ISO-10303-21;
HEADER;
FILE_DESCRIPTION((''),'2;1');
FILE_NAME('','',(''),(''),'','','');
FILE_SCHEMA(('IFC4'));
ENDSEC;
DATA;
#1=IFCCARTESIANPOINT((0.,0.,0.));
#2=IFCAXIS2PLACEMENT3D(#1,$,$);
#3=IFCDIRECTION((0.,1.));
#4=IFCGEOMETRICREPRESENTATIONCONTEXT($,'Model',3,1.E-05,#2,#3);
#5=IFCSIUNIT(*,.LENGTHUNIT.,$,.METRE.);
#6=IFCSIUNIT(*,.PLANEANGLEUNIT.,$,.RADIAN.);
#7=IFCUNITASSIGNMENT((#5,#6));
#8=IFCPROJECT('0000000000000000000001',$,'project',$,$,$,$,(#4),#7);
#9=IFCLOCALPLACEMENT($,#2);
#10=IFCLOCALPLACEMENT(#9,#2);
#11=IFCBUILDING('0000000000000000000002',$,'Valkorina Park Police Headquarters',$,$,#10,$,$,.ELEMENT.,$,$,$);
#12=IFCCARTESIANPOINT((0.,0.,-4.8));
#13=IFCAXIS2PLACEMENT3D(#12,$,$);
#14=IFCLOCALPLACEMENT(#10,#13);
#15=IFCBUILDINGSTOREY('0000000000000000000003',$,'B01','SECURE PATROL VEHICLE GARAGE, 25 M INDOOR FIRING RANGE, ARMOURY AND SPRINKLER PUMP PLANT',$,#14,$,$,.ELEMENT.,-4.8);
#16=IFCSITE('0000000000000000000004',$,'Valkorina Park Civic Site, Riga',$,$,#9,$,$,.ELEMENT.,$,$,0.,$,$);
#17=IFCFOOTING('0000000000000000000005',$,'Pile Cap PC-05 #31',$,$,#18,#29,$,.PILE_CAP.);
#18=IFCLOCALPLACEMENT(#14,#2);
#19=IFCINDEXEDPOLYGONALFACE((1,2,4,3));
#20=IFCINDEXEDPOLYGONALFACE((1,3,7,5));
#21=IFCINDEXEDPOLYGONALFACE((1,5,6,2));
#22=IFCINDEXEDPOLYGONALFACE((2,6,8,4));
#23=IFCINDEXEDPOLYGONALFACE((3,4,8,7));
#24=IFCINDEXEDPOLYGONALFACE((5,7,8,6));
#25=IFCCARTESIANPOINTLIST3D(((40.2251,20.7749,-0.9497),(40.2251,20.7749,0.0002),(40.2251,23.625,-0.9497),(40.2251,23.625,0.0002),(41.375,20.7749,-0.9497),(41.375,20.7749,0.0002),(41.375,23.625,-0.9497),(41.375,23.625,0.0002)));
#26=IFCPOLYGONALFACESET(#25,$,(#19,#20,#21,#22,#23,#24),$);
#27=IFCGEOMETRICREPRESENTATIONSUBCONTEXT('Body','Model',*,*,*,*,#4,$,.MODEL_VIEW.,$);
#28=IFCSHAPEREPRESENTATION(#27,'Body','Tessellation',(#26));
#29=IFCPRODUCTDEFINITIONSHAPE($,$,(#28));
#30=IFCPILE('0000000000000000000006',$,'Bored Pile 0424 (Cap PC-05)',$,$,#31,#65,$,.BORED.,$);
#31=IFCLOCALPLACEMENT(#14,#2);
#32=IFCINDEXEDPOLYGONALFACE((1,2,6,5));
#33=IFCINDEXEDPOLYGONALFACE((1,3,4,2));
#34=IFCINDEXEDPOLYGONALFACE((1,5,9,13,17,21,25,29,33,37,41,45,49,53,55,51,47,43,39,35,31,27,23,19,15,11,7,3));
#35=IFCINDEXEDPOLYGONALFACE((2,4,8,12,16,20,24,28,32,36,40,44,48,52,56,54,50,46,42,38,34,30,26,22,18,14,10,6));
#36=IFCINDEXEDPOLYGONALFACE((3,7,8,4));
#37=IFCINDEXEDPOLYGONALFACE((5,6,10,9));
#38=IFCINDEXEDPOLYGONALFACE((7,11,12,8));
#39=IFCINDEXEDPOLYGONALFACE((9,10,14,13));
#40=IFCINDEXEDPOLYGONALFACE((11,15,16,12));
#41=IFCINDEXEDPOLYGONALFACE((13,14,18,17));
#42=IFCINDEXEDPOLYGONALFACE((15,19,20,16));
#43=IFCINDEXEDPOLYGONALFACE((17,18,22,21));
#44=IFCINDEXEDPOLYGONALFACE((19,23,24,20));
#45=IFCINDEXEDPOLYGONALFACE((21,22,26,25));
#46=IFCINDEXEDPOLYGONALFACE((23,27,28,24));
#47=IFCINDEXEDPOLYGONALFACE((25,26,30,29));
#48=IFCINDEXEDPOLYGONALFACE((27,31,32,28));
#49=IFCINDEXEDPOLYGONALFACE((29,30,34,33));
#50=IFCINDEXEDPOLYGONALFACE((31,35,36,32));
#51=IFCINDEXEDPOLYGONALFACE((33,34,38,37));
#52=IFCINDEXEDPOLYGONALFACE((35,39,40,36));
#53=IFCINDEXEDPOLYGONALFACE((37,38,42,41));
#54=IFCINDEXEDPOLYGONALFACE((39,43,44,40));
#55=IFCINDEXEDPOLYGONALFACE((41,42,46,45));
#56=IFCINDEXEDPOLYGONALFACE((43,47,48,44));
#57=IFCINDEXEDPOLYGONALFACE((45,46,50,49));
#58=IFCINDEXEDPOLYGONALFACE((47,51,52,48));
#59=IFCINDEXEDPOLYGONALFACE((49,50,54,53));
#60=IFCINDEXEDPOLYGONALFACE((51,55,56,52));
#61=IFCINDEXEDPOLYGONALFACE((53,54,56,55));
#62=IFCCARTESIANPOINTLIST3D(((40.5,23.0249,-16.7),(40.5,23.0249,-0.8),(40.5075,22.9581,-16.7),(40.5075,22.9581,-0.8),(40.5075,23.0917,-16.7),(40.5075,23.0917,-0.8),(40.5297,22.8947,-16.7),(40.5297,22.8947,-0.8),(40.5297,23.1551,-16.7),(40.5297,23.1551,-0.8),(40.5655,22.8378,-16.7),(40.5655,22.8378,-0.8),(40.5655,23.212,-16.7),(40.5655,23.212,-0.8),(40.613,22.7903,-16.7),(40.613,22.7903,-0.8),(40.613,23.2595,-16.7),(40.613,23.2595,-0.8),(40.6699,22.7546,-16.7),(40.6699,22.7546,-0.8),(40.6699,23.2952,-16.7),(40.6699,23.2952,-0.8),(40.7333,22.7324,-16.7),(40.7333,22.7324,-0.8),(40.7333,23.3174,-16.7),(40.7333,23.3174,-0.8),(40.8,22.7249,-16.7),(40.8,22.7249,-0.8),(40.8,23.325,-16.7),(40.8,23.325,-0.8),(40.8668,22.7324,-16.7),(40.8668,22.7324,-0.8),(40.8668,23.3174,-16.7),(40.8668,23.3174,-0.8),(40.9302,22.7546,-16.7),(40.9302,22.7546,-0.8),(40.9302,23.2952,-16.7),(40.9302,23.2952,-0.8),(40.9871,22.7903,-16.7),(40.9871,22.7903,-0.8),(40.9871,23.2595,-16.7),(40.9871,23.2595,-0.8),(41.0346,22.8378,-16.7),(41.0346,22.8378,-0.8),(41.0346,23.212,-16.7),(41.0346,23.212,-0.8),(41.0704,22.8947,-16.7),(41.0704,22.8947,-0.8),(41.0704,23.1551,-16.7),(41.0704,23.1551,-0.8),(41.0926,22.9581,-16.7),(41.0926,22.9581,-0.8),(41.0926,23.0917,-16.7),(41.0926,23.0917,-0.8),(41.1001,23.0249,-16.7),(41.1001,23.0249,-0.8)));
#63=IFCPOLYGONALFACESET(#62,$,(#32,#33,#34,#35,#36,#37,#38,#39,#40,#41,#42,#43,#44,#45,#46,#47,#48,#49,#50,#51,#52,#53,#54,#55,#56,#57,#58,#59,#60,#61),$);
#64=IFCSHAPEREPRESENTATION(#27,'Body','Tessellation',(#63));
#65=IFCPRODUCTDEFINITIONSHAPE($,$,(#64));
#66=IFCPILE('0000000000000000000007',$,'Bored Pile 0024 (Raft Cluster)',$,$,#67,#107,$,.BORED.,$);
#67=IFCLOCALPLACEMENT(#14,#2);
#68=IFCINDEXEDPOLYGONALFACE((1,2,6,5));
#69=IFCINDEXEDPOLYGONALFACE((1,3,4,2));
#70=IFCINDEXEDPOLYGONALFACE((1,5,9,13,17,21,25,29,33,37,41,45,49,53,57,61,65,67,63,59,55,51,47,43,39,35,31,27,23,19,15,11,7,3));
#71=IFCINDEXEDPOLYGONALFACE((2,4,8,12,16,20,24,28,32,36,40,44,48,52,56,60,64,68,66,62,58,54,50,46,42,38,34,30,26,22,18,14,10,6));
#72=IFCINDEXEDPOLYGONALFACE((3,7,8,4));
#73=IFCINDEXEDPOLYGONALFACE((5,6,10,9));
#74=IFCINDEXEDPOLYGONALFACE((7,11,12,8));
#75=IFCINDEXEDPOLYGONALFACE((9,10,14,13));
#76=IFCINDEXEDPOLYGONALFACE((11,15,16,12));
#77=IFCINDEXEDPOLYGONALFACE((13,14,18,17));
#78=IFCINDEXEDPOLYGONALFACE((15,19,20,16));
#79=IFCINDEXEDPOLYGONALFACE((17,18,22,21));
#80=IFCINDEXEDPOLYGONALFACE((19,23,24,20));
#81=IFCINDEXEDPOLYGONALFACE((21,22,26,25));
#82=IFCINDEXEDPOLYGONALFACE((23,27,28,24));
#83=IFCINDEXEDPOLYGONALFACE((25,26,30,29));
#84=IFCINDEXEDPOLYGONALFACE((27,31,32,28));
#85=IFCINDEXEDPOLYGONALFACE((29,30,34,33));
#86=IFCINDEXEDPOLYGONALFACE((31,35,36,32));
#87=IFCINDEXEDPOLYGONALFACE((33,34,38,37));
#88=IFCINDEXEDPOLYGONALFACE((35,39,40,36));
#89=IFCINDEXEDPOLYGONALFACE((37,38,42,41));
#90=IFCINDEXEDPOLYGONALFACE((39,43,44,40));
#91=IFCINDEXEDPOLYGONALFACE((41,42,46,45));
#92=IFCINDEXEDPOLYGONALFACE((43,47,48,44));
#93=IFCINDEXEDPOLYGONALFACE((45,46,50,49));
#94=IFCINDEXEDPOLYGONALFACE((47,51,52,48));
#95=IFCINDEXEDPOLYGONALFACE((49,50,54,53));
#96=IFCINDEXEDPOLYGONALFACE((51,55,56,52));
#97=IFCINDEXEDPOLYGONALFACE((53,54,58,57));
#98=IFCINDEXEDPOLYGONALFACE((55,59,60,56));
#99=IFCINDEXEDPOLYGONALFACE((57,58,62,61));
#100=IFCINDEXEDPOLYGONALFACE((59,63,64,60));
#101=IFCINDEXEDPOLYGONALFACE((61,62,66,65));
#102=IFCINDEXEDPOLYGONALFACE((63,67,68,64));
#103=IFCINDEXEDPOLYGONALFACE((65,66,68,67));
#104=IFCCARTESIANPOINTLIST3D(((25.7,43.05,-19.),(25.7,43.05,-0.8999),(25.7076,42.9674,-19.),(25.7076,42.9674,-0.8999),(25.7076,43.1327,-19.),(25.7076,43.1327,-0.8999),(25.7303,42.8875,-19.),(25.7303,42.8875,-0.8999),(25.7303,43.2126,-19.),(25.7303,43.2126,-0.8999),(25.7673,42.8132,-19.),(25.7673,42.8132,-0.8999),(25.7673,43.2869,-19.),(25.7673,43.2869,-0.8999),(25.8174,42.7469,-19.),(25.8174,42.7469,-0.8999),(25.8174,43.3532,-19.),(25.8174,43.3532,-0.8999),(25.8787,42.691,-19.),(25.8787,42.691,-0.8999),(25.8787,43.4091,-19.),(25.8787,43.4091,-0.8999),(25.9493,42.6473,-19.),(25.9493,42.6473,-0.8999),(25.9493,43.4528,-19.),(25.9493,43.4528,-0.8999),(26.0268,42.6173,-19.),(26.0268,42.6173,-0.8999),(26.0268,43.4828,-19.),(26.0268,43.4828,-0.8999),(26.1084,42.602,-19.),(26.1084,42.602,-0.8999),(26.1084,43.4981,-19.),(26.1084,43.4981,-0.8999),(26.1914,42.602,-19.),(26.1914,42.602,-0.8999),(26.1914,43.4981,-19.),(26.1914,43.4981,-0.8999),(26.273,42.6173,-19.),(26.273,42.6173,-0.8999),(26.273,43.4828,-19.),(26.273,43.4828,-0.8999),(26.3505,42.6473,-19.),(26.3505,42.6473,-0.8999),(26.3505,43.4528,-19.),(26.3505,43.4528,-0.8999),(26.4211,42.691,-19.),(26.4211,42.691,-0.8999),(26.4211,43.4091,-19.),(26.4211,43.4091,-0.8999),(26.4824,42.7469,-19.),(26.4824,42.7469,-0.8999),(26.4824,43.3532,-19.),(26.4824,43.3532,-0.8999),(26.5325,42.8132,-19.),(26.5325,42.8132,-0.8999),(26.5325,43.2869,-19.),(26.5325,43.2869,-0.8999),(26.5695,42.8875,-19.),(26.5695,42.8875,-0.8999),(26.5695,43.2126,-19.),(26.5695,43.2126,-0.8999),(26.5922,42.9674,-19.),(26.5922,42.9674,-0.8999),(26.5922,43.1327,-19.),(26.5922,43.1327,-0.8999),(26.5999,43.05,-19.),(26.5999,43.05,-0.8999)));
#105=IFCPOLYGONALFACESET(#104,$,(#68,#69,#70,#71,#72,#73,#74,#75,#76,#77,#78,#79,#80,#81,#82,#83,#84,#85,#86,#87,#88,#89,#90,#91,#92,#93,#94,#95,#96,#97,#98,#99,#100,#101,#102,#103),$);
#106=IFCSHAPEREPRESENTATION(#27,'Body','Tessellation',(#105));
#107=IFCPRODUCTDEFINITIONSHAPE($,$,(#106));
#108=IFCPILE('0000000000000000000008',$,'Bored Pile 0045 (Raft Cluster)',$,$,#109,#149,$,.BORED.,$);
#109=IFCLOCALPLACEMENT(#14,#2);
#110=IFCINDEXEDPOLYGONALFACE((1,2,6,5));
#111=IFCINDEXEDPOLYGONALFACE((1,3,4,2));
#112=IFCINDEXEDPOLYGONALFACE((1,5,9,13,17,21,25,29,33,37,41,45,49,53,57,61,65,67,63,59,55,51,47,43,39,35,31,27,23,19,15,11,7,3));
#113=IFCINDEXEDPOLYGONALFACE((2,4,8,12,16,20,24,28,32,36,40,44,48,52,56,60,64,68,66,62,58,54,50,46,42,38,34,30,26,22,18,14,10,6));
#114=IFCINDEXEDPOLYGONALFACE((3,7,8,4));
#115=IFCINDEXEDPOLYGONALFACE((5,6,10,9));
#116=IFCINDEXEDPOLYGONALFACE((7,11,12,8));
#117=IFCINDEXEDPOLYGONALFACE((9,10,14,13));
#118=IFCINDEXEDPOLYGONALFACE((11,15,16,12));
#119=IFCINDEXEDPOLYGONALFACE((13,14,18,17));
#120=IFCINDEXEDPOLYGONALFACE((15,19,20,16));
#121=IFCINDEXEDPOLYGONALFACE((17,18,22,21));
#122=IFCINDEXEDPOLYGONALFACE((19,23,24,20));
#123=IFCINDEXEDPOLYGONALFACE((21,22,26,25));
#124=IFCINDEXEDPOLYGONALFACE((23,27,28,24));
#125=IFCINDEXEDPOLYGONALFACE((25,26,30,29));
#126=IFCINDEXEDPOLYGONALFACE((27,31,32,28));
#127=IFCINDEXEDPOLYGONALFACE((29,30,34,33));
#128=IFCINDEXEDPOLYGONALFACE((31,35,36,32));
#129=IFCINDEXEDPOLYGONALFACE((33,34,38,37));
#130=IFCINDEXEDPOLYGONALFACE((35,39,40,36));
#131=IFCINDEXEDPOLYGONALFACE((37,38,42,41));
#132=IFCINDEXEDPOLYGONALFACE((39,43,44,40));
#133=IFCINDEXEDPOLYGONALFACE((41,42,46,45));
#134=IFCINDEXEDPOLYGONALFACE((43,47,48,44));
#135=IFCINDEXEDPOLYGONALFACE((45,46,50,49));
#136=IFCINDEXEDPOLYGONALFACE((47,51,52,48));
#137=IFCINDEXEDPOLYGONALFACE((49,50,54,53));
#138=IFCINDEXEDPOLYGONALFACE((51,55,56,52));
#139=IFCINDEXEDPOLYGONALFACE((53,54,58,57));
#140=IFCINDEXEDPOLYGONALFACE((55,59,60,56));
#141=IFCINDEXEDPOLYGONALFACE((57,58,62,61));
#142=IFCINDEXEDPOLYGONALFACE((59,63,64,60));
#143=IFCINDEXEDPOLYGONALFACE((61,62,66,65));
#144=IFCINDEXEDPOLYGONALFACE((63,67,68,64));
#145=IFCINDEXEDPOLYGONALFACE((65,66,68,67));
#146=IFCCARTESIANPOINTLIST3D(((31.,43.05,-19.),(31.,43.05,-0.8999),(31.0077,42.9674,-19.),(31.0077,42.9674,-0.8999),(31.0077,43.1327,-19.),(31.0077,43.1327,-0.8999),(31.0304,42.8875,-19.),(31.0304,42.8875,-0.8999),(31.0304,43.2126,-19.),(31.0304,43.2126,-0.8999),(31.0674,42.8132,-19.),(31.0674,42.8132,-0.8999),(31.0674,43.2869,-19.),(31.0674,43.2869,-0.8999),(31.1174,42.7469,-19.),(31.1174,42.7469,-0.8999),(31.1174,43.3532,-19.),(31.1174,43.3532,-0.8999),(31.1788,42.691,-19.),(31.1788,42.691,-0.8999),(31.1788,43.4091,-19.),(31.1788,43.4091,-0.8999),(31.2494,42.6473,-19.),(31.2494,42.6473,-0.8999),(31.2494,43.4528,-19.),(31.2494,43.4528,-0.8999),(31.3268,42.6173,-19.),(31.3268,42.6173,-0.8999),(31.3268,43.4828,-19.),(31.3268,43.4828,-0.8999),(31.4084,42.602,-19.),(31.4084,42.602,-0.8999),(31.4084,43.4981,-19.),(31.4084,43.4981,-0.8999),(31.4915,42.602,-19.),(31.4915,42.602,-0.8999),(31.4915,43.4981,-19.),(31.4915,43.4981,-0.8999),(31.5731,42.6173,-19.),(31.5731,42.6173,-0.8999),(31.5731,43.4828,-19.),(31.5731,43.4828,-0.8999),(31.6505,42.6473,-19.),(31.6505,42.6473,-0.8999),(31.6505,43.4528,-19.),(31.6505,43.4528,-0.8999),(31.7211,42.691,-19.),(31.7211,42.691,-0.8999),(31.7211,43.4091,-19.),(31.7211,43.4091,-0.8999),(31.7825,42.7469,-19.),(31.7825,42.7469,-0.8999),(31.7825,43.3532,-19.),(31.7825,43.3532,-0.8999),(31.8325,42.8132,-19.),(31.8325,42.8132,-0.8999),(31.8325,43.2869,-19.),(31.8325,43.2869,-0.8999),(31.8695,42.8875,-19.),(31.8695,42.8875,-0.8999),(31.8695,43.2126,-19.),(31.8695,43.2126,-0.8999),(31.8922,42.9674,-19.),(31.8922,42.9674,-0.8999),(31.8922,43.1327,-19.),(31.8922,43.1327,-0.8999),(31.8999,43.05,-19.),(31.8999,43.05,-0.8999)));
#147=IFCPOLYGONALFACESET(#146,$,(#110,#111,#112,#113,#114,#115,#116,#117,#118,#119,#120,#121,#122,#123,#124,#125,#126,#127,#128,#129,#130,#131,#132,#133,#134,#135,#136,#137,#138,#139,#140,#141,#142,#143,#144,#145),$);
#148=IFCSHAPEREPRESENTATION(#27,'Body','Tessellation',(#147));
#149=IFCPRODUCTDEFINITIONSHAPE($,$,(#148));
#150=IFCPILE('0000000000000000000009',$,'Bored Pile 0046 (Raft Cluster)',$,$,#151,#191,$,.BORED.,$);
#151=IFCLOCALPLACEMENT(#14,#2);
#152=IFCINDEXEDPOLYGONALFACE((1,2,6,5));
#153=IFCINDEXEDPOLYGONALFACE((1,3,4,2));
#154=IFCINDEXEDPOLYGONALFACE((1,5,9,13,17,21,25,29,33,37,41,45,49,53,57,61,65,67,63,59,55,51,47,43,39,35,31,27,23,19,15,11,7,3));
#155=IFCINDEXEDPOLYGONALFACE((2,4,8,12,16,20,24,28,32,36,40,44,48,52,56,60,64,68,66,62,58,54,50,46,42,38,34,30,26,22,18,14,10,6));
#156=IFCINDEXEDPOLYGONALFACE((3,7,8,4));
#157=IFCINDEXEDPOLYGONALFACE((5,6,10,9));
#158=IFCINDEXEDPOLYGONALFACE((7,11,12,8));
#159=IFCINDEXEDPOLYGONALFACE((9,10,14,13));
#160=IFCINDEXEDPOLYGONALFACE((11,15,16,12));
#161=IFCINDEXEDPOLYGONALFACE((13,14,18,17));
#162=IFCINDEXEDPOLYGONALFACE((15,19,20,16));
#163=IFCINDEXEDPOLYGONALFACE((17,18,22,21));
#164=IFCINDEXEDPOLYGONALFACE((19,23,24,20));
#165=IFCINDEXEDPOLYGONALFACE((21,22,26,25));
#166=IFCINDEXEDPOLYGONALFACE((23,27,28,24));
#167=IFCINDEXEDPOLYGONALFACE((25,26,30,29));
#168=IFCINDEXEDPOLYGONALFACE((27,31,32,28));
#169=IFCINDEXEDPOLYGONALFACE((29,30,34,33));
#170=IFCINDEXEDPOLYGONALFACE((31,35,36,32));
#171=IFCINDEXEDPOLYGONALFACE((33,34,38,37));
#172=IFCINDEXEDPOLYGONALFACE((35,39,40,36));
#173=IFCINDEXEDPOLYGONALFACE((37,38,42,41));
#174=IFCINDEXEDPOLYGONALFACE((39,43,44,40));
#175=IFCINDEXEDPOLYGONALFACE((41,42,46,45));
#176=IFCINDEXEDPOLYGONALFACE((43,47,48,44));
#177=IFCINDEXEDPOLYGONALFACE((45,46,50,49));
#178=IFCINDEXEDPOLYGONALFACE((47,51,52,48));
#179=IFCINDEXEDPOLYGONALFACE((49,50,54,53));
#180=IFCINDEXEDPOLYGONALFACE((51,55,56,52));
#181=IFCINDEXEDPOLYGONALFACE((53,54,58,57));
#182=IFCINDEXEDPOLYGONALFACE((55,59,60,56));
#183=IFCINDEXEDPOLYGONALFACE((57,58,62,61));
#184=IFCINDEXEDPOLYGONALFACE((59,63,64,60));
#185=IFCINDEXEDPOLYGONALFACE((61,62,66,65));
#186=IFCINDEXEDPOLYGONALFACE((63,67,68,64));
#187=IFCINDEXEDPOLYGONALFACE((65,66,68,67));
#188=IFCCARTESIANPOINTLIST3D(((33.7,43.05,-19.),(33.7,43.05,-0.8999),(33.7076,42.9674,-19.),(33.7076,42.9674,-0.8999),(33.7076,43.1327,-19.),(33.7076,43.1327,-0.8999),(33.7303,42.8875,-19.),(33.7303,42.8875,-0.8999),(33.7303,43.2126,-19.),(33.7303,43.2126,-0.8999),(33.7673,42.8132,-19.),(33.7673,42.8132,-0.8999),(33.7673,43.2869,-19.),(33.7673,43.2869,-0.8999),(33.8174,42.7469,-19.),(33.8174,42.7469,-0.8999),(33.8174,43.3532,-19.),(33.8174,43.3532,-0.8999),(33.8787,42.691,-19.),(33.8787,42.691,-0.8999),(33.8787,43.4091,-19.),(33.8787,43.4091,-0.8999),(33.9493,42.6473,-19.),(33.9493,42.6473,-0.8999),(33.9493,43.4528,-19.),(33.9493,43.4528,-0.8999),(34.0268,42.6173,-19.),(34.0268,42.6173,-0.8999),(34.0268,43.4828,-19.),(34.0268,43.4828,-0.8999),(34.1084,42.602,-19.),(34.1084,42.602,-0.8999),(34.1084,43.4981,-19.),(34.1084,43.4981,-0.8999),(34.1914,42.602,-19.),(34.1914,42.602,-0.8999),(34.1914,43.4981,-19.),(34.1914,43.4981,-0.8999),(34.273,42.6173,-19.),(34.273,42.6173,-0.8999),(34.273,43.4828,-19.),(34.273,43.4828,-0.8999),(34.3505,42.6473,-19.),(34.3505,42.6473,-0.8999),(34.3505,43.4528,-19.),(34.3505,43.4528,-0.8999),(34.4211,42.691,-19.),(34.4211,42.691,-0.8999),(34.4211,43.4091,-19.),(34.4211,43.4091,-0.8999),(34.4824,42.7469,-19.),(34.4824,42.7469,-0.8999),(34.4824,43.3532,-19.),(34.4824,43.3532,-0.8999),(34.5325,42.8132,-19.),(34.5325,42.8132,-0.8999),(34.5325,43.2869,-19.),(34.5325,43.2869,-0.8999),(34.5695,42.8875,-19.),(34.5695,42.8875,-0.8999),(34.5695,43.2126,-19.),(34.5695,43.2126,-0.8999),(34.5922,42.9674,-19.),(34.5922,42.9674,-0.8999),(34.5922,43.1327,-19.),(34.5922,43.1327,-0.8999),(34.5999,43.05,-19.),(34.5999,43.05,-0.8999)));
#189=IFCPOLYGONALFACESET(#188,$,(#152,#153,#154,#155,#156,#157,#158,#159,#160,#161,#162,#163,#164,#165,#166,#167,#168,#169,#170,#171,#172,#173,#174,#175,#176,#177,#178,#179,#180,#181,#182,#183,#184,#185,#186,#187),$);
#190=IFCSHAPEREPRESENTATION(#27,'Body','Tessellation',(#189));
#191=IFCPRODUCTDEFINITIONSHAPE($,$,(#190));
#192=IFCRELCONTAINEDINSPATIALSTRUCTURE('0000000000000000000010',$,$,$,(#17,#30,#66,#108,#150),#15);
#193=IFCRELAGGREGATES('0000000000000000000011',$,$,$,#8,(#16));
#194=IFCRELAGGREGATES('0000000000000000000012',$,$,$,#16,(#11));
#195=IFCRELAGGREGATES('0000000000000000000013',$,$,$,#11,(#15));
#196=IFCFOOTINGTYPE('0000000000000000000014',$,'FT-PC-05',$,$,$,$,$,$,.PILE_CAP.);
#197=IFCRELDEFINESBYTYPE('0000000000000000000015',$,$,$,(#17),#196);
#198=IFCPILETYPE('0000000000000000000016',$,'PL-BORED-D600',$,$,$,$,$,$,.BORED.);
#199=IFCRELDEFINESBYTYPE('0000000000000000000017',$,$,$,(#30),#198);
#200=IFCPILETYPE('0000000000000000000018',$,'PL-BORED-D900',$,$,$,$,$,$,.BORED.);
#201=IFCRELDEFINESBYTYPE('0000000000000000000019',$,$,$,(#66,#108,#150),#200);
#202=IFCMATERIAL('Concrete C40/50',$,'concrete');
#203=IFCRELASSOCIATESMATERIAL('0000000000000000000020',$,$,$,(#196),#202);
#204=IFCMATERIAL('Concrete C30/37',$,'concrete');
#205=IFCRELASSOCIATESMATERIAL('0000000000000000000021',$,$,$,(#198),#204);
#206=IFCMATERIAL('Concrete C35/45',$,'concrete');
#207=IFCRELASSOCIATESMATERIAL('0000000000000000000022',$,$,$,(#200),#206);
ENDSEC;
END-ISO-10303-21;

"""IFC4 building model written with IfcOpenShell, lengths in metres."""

from ifc_helpers import new_model, si_unit, direction, frame, origin, origin_2d, place, context, subcontext, project, spatial, rectangle, circle, extrude, material, material_profile, profile_set, type_object, element, save


model = new_model("IFC4")

# Units and contexts
model_context = context("Model", 3, precision=1e-05, world=origin(), true_north=direction((0.0, 1.0)))
body_context = subcontext(model_context, "Body", "Model", "MODEL_VIEW")
ifc_project = project(units=[si_unit("LENGTHUNIT", "METRE"), si_unit("PLANEANGLEUNIT", "RADIAN")], contexts=[model_context])

# Site, building, storey
site_placement = place(None, origin())
site = spatial("IfcSite", under=ifc_project, at=site_placement, Name="Valkorina Park Civic Site, Riga", CompositionType="ELEMENT", RefElevation=0.0)
building_placement = place(site_placement, origin())
building = spatial("IfcBuilding", under=site, at=building_placement, Name="Valkorina Park Police Headquarters", CompositionType="ELEMENT")
storey_placement = place(building_placement, frame((0.0, 0.0, -4.8)))
storey = spatial("IfcBuildingStorey", under=building, at=storey_placement, Name="B01", Description="SECURE PATROL VEHICLE GARAGE, 25 M INDOOR FIRING RANGE, ARMOURY AND SPRINKLER PUMP PLANT", CompositionType="ELEMENT", Elevation=-4.8)

# Footing
ifc_material_1 = material(Name="Concrete C40/50", Category="concrete")
footing_type = type_object("IfcFootingType", Name="FT-PC-05", PredefinedType="PILE_CAP", material=ifc_material_1)
footing_placement = place(storey_placement, frame((40.8, 22.2, -0.9497), z_axis=(0.0, 0.0, 1.0), x_axis=(1.0, 0.0, 0.0)))
element("IfcFooting", 1, at=footing_placement, inside=storey, type_object=footing_type, Name="Pile Cap PC-05 #31", PredefinedType="PILE_CAP", context=body_context, shape_type="SweptSolid", body=[
    extrude(rectangle(XDim=1.1499, YDim=2.8501, at=origin_2d()), origin(), (0.0, 0.0, 1.0), 0.95),
])

# Piles
ifc_material_2 = material(Name="Concrete C30/37", Category="concrete")
ifc_material_profile_1 = material_profile(ifc_material_2, circle(Radius=0.3, at=origin_2d()), Name="BORED PILE D600")
ifc_profile_set_1 = profile_set([ifc_material_profile_1], Name="Concrete C30/37")
pile_type_1 = type_object("IfcPileType", Name="PL-BORED-D600", PredefinedType="BORED", material=ifc_profile_set_1)
pile_placement = place(storey_placement, frame((40.8, 23.0249, -0.8), z_axis=(0.0, 0.0, -1.0), x_axis=(1.0, 0.0, 0.0)))
element("IfcPile", 2, at=pile_placement, inside=storey, type_object=pile_type_1, Name="Bored Pile 0424 (Cap PC-05)", PredefinedType="BORED", context=body_context, shape_type="SweptSolid", body=[
    extrude(circle(Radius=0.3, at=origin_2d()), origin(), (0.0, 0.0, 1.0), 15.8999),
])
ifc_material_3 = material(Name="Concrete C35/45", Category="concrete")
ifc_material_profile_2 = material_profile(ifc_material_3, circle(Radius=0.45, at=origin_2d()), Name="BORED PILE D900")
ifc_profile_set_2 = profile_set([ifc_material_profile_2], Name="Concrete C35/45")
pile_type_2 = type_object("IfcPileType", Name="PL-BORED-D900", PredefinedType="BORED", material=ifc_profile_set_2)
for number, where, z_axis, x_axis, name in (
    (3, (26.1499, 43.05, -0.8999), (0.0, 0.0, -1.0), (1.0, 0.0, 0.0), "Bored Pile 0024 (Raft Cluster)"),
    (4, (31.45, 43.05, -0.8999), (0.0, 0.0, -1.0), (1.0, 0.0, 0.0), "Bored Pile 0045 (Raft Cluster)"),
    (5, (34.1499, 43.05, -0.8999), (0.0, 0.0, -1.0), (1.0, 0.0, 0.0), "Bored Pile 0046 (Raft Cluster)"),
):
    element("IfcPile", number, at=place(storey_placement, frame(where, z_axis=z_axis, x_axis=x_axis)), inside=storey, type_object=pile_type_2, Name=name, PredefinedType="BORED", context=body_context, shape_type="SweptSolid", body=[
        extrude(circle(Radius=0.45, at=origin_2d()), origin(), (0.0, 0.0, 1.0), 18.1001),
    ])

save(model, "model.ifc")
